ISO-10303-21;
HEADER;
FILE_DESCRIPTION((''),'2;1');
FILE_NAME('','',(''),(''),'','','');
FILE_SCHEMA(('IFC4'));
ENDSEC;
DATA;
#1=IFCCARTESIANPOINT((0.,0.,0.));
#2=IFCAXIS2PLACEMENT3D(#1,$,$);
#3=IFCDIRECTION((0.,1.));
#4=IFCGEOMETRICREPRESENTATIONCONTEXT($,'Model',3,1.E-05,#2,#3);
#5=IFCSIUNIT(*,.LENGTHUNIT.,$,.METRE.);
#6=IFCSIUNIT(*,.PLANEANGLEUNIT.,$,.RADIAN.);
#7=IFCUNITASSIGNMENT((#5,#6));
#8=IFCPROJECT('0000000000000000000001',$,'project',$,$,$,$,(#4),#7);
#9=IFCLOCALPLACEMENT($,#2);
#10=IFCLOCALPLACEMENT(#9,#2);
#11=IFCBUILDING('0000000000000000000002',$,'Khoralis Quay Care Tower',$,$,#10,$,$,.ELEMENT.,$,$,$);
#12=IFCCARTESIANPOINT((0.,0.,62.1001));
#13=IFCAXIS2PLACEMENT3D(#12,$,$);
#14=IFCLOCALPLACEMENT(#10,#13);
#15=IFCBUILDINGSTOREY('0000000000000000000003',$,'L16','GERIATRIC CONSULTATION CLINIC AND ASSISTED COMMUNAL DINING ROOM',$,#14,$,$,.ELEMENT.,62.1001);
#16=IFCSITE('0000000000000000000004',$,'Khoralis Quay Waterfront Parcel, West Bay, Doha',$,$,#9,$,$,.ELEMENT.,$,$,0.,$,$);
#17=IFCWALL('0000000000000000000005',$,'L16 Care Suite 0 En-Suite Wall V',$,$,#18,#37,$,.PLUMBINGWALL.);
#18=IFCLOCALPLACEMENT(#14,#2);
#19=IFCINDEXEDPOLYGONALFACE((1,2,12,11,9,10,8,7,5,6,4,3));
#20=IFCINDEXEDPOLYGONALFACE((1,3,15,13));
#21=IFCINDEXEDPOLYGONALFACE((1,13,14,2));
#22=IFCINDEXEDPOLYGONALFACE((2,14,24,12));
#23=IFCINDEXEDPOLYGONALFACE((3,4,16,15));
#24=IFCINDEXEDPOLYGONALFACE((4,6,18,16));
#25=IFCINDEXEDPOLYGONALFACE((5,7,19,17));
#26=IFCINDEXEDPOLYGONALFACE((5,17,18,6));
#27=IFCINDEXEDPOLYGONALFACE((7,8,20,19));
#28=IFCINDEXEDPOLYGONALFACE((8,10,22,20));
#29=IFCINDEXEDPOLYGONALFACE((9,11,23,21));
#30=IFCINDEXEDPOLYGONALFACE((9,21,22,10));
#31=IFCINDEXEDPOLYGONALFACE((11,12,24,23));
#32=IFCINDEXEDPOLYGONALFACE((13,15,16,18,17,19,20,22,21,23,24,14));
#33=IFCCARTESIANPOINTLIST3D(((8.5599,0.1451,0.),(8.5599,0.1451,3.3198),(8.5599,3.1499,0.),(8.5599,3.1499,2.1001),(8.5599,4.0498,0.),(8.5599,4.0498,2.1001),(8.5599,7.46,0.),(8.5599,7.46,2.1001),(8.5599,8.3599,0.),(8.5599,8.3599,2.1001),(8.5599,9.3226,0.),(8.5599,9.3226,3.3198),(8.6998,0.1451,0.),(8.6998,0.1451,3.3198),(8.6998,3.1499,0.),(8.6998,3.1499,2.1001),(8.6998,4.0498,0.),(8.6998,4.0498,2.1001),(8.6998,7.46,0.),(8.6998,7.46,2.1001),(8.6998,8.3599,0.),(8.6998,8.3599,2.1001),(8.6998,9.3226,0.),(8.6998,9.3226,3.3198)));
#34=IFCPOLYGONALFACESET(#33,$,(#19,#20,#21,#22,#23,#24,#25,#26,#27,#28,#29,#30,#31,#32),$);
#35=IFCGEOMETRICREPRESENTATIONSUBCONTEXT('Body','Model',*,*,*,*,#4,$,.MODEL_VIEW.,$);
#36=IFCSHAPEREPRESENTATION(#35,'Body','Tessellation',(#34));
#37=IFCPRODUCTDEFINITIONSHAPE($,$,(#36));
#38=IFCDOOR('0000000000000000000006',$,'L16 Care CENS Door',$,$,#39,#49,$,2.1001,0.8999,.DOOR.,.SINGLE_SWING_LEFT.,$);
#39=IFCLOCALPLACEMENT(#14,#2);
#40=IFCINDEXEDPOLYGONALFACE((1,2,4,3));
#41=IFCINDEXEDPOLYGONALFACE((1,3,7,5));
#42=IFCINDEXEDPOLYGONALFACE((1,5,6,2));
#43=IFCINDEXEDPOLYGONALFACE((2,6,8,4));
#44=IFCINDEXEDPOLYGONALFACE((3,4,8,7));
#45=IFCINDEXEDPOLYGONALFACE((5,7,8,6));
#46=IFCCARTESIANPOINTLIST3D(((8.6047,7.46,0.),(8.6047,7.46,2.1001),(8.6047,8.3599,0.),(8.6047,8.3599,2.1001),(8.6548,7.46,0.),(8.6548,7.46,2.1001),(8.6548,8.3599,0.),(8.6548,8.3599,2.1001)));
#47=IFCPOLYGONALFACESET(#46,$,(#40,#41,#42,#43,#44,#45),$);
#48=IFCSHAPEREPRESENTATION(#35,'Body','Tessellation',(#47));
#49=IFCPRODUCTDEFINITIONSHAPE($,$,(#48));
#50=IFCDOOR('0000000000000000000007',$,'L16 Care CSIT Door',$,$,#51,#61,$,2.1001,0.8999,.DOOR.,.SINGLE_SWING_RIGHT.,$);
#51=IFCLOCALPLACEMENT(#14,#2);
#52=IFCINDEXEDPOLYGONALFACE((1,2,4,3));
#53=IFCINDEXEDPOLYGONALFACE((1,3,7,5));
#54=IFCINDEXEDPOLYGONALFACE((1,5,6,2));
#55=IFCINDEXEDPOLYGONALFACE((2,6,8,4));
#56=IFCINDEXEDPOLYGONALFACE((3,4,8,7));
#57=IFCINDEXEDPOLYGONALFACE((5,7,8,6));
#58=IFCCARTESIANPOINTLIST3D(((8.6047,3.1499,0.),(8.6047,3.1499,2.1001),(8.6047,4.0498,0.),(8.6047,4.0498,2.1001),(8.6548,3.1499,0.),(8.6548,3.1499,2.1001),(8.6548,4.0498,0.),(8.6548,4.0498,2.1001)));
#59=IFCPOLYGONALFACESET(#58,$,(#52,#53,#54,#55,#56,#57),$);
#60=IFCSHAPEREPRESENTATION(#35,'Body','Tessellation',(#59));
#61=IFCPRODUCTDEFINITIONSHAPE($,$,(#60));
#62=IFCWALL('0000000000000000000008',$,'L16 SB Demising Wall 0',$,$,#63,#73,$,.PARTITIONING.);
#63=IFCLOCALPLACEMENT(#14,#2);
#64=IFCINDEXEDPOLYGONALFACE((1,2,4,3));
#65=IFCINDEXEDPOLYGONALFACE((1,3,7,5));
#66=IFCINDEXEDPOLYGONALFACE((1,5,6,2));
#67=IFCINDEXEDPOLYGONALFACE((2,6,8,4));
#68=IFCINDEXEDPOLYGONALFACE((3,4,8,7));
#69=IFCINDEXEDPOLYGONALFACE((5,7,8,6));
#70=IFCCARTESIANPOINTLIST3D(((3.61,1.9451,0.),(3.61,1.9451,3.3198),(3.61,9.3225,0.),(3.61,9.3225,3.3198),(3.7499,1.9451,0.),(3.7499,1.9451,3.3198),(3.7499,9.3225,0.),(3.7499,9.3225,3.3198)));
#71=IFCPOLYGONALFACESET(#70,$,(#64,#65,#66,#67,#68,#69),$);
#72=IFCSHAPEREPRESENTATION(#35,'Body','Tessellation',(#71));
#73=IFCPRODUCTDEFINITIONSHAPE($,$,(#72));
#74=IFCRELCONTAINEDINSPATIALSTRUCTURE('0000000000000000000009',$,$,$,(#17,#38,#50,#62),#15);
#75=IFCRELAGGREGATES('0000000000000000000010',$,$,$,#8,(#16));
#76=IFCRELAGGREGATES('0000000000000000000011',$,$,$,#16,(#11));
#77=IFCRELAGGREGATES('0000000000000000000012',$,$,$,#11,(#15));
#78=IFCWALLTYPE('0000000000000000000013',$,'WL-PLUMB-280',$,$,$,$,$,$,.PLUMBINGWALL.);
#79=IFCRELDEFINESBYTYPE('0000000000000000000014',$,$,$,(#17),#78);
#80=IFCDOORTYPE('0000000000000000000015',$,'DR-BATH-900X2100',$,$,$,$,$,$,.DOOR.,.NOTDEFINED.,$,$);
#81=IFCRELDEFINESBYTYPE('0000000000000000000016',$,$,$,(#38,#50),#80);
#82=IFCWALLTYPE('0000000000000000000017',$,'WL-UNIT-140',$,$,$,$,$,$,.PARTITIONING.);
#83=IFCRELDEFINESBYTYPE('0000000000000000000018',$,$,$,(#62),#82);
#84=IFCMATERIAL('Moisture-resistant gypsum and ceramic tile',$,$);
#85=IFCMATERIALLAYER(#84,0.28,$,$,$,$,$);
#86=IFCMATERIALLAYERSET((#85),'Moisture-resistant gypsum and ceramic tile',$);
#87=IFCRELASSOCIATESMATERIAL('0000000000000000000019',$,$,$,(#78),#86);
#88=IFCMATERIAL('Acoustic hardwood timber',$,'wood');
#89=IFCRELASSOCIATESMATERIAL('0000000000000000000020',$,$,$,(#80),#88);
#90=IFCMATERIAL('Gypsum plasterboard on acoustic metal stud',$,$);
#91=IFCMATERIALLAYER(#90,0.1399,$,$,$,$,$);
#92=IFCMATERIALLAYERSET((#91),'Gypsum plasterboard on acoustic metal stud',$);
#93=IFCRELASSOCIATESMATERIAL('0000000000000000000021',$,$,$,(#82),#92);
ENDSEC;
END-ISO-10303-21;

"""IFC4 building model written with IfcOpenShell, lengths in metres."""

from ifc_helpers import new_model, si_unit, direction, frame, frame_2d, origin, place, context, subcontext, project, spatial, rectangle, extrude, source, transform, mapped, material, layer, layer_set, type_object, element, fill, save


model = new_model("IFC4")

# Units and contexts
model_context = context("Model", 3, precision=1e-05, world=origin(), true_north=direction((0.0, 1.0)))
body_context = subcontext(model_context, "Body", "Model", "MODEL_VIEW")
ifc_project = project(units=[si_unit("LENGTHUNIT", "METRE"), si_unit("PLANEANGLEUNIT", "RADIAN")], contexts=[model_context])

# Site, building, storey
site_placement = place(None, origin())
site = spatial("IfcSite", under=ifc_project, at=site_placement, Name="Khoralis Quay Waterfront Parcel, West Bay, Doha", CompositionType="ELEMENT", RefElevation=0.0)
building_placement = place(site_placement, origin())
building = spatial("IfcBuilding", under=site, at=building_placement, Name="Khoralis Quay Care Tower", CompositionType="ELEMENT")
storey_placement = place(building_placement, frame((0.0, 0.0, 62.1001)))
storey = spatial("IfcBuildingStorey", under=building, at=storey_placement, Name="L16", Description="GERIATRIC CONSULTATION CLINIC AND ASSISTED COMMUNAL DINING ROOM", CompositionType="ELEMENT", Elevation=62.1001)

# Wall, openings, doors
ifc_material_1 = material(Name="Moisture-resistant gypsum and ceramic tile")
ifc_layer_1 = layer(ifc_material_1, 0.28)
ifc_layer_set_1 = layer_set([ifc_layer_1], Name="Moisture-resistant gypsum and ceramic tile")
wall_type_1 = type_object("IfcWallType", Name="WL-PLUMB-280", PredefinedType="PLUMBINGWALL", material=ifc_layer_set_1)
wall_1_placement = place(storey_placement, frame((8.6299, 0.145, 0.0), z_axis=(0.0, 0.0, 1.0), x_axis=(0.0, 1.0, 0.0)))
wall_1 = element("IfcWall", 1, at=wall_1_placement, inside=storey, type_object=wall_type_1, Name="L16 Care Suite 0 En-Suite Wall V", PredefinedType="PLUMBINGWALL", context=body_context, shape_type="SweptSolid", body=[
    extrude(rectangle(XDim=9.1775, YDim=0.1399, at=frame_2d((4.5889, 0.0))), origin(), (0.0, 0.0, 1.0), 3.3198),
])
opening_1_placement = place(wall_1_placement, frame((7.3149, 0.0, 0.0)))
opening_1 = element("IfcOpeningElement", 2, at=opening_1_placement, cuts=wall_1, PredefinedType="OPENING", context=body_context, shape_type="SweptSolid", body=[
    extrude(rectangle(XDim=0.8999, YDim=2.1001, at=frame_2d((0.45, 1.05))), frame((0.0, 0.0801, 0.0), z_axis=(0.0, -1.0, 0.0), x_axis=(1.0, 0.0, 0.0)), (0.0, 0.0, 1.0), 0.1599),
])
opening_2_placement = place(wall_1_placement, frame((3.0049, 0.0, 0.0)))
opening_2 = element("IfcOpeningElement", 3, at=opening_2_placement, cuts=wall_1, PredefinedType="OPENING", context=body_context, shape_type="SweptSolid", body=[
    extrude(rectangle(XDim=0.8999, YDim=2.1001, at=frame_2d((0.45, 1.05))), frame((0.0, 0.0801, 0.0), z_axis=(0.0, -1.0, 0.0), x_axis=(1.0, 0.0, 0.0)), (0.0, 0.0, 1.0), 0.1599),
])
ifc_material_2 = material(Name="Acoustic hardwood timber", Category="wood")
door_type = type_object("IfcDoorType", Name="DR-BATH-900X2100", OperationType="NOTDEFINED", PredefinedType="DOOR", material=ifc_material_2)
shared_shape_1 = source(origin(), body_context, "Body", "SweptSolid", [
    extrude(rectangle(XDim=0.8999, YDim=2.1001, at=frame_2d((0.45, 1.05))), frame((0.0, 0.0249, 0.0), z_axis=(0.0, -1.0, 0.0), x_axis=(1.0, 0.0, 0.0)), (0.0, 0.0, 1.0), 0.05),
])
door_1_placement = place(opening_1_placement, frame((0.8999, 0.0, 0.0), z_axis=(0.0, 0.0, 1.0), x_axis=(-1.0, 0.0, 0.0)))
door_1 = element("IfcDoor", 4, at=door_1_placement, inside=storey, type_object=door_type, Name="L16 Care CENS Door", OperationType="SINGLE_SWING_LEFT", OverallHeight=2.1001, OverallWidth=0.8999, PredefinedType="DOOR", context=body_context, shape_type="MappedRepresentation", body=[
    mapped(shared_shape_1, transform((0.0, 0.0, 0.0), scale=1.0)),
])
fill(opening_1, door_1)
door_2_placement = place(opening_2_placement, frame((0.8999, 0.0, 0.0), z_axis=(0.0, 0.0, 1.0), x_axis=(-1.0, 0.0, 0.0)))
door_2 = element("IfcDoor", 5, at=door_2_placement, inside=storey, type_object=door_type, Name="L16 Care CSIT Door", OperationType="SINGLE_SWING_RIGHT", OverallHeight=2.1001, OverallWidth=0.8999, PredefinedType="DOOR", context=body_context, shape_type="MappedRepresentation", body=[
    mapped(shared_shape_1, transform((0.0, 0.0, 0.0), scale=1.0)),
])
fill(opening_2, door_2)

# Wall
ifc_material_3 = material(Name="Gypsum plasterboard on acoustic metal stud")
ifc_layer_2 = layer(ifc_material_3, 0.1399)
ifc_layer_set_2 = layer_set([ifc_layer_2], Name="Gypsum plasterboard on acoustic metal stud")
wall_type_2 = type_object("IfcWallType", Name="WL-UNIT-140", PredefinedType="PARTITIONING", material=ifc_layer_set_2)
wall_2_placement = place(storey_placement, frame((3.6799, 1.9451, 0.0), z_axis=(0.0, 0.0, 1.0), x_axis=(0.0, 1.0, 0.0)))
element("IfcWall", 6, at=wall_2_placement, inside=storey, type_object=wall_type_2, Name="L16 SB Demising Wall 0", PredefinedType="PARTITIONING", context=body_context, shape_type="SweptSolid", body=[
    extrude(rectangle(XDim=7.3774, YDim=0.1399, at=frame_2d((3.6887, 0.0))), origin(), (0.0, 0.0, 1.0), 3.3198),
])

save(model, "model.ifc")
